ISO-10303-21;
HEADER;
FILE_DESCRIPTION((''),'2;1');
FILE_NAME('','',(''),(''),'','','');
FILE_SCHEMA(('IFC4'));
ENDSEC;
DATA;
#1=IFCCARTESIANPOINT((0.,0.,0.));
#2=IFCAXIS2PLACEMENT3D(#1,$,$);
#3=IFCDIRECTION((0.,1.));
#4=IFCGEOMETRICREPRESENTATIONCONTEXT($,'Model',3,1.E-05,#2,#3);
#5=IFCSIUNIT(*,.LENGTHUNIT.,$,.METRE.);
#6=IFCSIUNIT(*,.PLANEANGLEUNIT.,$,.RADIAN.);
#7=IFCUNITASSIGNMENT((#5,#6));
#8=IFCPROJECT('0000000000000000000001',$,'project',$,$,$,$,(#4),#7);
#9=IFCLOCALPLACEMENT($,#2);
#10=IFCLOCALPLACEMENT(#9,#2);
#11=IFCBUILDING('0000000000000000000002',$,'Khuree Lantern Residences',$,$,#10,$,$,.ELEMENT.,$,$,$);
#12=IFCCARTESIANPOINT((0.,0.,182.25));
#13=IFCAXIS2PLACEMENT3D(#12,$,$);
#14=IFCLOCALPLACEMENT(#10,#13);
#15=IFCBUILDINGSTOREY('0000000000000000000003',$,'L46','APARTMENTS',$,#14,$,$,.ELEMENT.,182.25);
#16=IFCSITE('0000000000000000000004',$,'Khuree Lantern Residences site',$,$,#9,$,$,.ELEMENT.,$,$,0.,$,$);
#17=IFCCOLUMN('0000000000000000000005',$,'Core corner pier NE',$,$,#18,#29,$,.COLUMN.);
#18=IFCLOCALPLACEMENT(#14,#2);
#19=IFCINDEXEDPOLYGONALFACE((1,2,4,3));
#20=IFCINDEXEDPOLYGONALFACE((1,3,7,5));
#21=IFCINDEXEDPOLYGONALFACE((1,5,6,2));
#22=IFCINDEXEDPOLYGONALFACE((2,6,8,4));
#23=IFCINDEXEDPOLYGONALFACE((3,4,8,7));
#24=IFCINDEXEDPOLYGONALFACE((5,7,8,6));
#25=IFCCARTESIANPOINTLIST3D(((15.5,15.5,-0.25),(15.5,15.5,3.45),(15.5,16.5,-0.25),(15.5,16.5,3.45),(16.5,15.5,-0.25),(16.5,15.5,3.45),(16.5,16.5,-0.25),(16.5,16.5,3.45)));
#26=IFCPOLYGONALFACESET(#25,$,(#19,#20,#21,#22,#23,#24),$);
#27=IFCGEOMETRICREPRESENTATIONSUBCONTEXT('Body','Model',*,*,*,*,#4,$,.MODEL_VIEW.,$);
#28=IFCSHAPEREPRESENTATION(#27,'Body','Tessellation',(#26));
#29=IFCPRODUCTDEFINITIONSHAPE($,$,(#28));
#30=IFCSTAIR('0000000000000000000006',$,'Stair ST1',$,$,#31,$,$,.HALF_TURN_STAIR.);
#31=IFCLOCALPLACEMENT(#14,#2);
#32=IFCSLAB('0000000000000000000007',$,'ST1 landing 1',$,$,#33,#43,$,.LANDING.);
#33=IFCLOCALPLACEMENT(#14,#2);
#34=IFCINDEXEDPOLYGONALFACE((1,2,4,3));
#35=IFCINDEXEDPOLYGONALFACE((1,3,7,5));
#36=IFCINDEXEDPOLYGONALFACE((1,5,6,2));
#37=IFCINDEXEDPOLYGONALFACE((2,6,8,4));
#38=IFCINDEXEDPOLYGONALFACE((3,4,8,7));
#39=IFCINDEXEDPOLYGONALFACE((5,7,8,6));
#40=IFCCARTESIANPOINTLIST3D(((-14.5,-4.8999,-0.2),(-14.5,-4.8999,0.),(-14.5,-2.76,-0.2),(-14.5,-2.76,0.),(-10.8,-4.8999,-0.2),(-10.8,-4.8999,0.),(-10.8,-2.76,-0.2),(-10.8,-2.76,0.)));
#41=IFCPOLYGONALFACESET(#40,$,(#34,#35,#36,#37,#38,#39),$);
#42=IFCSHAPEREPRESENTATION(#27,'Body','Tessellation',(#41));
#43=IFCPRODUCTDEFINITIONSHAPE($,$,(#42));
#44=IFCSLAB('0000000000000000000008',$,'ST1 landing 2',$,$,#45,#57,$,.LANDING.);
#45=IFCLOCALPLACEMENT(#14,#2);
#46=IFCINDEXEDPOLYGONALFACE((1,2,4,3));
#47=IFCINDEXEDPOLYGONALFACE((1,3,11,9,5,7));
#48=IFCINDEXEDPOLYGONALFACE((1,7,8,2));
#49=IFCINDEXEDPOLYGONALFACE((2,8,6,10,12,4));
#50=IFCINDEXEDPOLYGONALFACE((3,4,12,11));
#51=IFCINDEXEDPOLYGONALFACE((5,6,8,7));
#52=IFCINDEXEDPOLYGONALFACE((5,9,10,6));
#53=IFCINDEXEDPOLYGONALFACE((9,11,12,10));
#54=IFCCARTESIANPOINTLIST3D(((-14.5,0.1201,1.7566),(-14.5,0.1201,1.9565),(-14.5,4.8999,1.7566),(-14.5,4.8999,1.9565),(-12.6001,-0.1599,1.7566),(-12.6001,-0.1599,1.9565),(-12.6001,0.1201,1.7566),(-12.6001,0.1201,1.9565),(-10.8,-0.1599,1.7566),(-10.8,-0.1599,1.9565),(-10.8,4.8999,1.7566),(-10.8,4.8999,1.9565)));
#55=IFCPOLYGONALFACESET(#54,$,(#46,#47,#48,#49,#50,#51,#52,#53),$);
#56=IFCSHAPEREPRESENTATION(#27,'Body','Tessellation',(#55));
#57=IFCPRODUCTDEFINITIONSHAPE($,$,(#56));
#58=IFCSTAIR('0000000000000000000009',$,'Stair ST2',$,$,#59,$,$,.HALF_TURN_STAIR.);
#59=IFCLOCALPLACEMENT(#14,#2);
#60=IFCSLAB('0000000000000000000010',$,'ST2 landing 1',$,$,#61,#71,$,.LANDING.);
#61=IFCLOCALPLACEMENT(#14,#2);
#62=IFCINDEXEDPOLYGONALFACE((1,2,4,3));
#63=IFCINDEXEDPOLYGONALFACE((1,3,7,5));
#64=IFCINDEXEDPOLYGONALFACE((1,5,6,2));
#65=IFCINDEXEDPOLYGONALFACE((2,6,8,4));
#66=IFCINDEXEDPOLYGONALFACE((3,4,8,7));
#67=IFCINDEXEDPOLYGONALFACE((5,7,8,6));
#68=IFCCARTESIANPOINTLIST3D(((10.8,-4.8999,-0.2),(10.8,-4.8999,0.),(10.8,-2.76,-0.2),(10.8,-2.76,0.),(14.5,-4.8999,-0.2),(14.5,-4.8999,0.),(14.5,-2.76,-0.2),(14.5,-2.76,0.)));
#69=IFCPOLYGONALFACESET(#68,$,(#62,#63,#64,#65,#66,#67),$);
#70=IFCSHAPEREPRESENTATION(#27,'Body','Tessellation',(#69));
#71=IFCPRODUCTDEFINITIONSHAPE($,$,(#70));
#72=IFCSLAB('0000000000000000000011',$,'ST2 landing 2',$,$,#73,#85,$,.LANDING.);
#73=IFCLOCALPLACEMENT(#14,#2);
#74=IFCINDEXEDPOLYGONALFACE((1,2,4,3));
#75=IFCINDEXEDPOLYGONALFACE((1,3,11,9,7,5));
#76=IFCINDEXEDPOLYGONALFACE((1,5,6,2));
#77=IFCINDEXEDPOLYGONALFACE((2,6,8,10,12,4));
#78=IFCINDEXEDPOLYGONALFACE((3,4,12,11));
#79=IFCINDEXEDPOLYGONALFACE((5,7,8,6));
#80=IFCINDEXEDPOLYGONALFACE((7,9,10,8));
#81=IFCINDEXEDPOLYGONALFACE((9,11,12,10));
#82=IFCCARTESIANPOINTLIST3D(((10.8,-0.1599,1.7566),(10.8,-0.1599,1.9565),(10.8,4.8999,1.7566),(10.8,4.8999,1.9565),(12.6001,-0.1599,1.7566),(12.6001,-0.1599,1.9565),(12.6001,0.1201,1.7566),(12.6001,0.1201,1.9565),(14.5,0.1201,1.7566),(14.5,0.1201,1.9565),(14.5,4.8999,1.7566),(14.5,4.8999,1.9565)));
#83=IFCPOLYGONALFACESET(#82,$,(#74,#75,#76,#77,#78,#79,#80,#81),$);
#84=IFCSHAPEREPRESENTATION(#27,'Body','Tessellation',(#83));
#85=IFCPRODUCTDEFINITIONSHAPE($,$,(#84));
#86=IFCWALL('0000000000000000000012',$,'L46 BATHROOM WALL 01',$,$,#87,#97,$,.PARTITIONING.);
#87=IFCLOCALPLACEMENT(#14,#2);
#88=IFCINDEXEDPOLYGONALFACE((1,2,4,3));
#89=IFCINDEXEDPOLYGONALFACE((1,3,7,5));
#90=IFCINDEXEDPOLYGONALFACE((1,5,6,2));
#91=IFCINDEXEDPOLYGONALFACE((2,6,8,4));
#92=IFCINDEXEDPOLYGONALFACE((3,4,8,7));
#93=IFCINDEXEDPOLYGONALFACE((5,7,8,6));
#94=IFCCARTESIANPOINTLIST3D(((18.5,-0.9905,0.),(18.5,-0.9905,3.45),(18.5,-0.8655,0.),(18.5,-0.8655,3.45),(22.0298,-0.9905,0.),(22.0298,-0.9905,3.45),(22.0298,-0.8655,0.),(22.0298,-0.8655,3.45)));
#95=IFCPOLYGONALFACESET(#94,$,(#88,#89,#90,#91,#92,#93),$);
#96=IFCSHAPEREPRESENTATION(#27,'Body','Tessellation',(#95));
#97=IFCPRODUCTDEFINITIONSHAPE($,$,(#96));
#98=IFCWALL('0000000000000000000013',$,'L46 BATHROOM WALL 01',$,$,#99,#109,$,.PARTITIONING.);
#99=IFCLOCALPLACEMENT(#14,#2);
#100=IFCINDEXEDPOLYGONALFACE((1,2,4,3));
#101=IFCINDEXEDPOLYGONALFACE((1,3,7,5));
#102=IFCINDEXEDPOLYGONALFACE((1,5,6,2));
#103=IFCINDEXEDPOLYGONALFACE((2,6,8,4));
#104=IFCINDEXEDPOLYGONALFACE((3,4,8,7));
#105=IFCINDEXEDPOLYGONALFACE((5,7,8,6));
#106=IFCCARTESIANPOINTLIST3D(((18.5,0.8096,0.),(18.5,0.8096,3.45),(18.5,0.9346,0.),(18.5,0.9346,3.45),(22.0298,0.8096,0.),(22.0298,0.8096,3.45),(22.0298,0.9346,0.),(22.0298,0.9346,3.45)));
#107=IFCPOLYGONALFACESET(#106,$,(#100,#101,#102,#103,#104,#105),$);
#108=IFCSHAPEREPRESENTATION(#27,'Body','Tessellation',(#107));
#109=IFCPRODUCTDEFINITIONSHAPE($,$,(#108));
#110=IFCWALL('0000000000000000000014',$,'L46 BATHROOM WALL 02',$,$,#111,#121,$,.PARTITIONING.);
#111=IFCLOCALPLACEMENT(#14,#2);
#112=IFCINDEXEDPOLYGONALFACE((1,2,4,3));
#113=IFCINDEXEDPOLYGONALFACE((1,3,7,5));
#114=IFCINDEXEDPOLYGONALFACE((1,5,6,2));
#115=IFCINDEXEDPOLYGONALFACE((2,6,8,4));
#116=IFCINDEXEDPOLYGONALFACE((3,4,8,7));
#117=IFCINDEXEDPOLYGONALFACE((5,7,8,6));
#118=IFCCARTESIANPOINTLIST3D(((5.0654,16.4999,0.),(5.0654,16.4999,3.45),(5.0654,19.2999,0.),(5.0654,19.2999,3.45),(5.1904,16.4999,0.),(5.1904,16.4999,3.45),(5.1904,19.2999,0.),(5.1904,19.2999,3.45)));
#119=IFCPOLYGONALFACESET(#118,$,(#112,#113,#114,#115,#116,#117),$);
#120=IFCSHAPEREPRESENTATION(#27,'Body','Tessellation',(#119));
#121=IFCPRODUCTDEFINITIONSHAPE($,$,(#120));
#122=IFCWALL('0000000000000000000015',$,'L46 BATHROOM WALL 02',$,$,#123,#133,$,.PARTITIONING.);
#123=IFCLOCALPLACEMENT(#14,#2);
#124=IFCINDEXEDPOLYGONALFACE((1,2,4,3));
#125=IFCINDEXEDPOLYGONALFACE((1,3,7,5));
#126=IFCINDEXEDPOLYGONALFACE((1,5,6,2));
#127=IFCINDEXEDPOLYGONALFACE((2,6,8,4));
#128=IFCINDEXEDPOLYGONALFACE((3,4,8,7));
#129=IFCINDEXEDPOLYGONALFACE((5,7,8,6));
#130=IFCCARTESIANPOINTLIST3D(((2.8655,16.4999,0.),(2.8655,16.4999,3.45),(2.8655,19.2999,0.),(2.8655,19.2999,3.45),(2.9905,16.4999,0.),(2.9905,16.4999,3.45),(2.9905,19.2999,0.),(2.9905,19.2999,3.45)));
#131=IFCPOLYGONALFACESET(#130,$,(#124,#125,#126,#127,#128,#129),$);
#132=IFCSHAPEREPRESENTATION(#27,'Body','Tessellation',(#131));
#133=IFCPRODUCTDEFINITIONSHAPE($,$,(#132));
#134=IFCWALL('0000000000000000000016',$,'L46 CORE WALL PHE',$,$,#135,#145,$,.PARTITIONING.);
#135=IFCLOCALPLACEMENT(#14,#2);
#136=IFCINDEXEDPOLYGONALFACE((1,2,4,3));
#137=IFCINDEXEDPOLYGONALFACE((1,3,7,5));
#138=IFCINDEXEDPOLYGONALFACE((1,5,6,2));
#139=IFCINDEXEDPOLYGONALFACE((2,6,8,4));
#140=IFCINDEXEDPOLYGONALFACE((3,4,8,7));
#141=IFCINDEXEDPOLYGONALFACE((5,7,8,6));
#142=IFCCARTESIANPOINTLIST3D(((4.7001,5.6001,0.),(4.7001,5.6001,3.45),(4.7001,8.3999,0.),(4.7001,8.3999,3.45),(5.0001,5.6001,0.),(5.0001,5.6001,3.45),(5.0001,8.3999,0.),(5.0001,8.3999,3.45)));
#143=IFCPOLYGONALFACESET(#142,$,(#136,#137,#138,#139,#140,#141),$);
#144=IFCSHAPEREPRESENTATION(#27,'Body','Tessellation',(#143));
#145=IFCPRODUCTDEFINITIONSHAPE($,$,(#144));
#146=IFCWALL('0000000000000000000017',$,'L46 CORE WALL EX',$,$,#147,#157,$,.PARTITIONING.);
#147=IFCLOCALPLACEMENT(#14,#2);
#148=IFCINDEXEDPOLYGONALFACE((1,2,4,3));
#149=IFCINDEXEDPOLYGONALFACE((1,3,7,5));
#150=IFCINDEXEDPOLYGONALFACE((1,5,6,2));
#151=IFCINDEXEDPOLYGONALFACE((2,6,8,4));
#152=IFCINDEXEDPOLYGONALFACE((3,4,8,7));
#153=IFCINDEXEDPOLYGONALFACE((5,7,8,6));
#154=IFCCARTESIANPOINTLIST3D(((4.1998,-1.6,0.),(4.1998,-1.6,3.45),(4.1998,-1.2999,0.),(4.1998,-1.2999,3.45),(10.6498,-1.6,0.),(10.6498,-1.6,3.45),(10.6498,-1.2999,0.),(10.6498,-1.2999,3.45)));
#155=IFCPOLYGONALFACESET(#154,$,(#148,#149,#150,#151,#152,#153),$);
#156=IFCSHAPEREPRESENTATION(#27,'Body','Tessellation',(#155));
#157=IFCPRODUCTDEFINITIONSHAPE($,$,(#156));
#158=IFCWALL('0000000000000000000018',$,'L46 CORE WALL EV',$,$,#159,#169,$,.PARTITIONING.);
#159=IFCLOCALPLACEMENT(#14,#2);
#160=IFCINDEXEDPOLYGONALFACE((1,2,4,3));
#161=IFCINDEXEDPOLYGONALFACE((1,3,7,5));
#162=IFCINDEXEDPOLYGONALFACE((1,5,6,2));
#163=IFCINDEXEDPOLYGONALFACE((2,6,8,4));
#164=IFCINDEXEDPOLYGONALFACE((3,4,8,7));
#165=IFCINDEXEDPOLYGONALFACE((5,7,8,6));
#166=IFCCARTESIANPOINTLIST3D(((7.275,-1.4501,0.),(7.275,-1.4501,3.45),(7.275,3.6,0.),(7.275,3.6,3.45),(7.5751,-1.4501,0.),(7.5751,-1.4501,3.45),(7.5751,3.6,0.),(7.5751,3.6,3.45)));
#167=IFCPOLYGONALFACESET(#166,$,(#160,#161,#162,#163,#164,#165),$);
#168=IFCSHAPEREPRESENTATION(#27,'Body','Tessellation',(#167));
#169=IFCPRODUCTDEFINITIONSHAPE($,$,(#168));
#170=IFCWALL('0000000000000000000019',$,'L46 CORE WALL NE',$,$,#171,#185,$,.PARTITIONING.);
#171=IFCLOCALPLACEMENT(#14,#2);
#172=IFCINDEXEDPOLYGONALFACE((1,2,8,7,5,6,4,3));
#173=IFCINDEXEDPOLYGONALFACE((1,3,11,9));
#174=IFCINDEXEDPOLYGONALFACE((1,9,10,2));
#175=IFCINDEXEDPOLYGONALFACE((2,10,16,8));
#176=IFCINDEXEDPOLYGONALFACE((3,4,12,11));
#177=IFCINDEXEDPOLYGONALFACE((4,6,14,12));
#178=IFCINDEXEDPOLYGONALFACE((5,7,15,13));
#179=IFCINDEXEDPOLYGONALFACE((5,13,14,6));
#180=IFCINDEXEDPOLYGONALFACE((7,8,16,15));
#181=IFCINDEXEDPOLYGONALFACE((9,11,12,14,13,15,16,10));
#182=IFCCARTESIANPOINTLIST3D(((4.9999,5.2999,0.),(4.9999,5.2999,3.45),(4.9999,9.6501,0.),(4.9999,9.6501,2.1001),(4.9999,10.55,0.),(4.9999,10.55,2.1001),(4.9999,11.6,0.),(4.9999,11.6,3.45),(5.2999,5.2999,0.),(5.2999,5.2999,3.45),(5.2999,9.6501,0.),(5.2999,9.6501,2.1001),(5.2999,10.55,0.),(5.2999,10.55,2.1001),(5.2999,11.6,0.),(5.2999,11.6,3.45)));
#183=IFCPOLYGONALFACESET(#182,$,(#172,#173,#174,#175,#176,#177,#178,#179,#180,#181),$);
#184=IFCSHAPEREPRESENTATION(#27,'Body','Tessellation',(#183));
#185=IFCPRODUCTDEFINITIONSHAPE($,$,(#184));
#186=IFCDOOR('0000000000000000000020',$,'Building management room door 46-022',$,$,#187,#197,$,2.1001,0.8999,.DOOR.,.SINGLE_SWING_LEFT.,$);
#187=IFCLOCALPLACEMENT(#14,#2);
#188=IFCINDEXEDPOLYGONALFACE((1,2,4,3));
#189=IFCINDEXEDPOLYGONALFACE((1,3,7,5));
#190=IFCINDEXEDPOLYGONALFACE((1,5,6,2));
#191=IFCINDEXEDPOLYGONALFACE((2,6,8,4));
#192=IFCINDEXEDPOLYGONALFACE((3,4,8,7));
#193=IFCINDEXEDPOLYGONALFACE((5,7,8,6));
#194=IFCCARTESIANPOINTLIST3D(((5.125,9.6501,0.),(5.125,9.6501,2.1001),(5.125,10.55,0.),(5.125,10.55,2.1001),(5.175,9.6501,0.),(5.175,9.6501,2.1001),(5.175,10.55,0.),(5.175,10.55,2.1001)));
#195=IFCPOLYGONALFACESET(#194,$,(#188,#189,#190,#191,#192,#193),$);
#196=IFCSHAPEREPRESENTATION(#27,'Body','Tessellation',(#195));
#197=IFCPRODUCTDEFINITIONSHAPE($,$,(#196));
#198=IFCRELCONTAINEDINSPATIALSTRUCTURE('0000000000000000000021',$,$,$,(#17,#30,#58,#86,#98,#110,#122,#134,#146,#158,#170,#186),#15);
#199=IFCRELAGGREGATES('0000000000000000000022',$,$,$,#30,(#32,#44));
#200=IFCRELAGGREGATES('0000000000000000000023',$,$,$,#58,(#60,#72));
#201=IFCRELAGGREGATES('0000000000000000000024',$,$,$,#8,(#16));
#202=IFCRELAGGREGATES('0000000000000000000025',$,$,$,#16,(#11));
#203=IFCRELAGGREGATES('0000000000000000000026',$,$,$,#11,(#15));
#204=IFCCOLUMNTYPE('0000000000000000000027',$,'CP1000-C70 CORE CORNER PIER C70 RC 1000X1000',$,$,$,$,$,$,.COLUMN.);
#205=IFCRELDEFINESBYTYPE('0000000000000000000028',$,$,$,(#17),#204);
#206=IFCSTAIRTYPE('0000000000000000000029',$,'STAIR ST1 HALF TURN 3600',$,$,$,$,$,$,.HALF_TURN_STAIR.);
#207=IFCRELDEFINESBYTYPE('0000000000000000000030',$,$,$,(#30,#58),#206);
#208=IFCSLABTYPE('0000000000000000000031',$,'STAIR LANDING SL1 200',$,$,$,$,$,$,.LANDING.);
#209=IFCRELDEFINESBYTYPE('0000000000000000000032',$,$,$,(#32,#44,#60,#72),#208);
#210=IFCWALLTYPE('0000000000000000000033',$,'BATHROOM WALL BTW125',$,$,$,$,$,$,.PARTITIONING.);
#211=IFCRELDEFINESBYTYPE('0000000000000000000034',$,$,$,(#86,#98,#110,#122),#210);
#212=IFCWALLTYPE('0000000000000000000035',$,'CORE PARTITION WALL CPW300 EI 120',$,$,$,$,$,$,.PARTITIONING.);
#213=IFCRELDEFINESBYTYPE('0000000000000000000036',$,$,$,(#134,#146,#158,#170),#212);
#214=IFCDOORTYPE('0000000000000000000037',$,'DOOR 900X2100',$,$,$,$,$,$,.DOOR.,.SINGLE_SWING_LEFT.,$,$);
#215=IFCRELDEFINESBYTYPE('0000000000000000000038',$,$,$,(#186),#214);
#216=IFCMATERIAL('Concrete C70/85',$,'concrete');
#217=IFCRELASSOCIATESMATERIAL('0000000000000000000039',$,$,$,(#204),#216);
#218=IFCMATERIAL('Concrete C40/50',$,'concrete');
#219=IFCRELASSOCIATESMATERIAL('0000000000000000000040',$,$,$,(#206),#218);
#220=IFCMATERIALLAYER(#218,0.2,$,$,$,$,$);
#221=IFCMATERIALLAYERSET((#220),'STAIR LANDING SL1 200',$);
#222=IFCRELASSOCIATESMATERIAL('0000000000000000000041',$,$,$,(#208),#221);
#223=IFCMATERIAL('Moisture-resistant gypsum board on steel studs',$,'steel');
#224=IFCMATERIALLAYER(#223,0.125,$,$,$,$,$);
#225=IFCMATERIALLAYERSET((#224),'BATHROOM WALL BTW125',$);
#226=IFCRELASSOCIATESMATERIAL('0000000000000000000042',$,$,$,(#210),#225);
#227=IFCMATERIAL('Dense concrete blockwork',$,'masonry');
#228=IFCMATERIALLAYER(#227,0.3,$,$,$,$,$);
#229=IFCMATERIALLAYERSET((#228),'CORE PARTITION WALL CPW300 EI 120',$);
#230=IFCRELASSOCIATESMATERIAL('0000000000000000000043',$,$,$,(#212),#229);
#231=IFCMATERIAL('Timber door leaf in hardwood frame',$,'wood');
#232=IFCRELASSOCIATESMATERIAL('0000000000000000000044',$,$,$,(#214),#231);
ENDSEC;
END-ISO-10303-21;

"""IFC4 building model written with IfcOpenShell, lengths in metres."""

from ifc_helpers import new_model, si_unit, direction, frame, frame_2d, origin, origin_2d, place, context, subcontext, project, spatial, polyline, rectangle, outline, extrude, material, layer, layer_set, material_profile, profile_set, type_object, element, fill, aggregate, save


model = new_model("IFC4")

# Units and contexts
model_context = context("Model", 3, precision=1e-05, world=origin(), true_north=direction((0.0, 1.0)))
body_context = subcontext(model_context, "Body", "Model", "MODEL_VIEW")
ifc_project = project(units=[si_unit("LENGTHUNIT", "METRE"), si_unit("PLANEANGLEUNIT", "RADIAN")], contexts=[model_context])

# Site, building, storey
site_placement = place(None, origin())
site = spatial("IfcSite", under=ifc_project, at=site_placement, Name="Khuree Lantern Residences site", CompositionType="ELEMENT", RefElevation=0.0)
building_placement = place(site_placement, origin())
building = spatial("IfcBuilding", under=site, at=building_placement, Name="Khuree Lantern Residences", CompositionType="ELEMENT")
storey_placement = place(building_placement, frame((0.0, 0.0, 182.25)))
storey = spatial("IfcBuildingStorey", under=building, at=storey_placement, Name="L46", Description="APARTMENTS", CompositionType="ELEMENT", Elevation=182.25)

# Column
ifc_material_1 = material(Name="Concrete C70/85", Category="concrete")
ifc_material_profile = material_profile(ifc_material_1, rectangle(XDim=1.0, YDim=1.0, at=origin_2d()), Name="RC 1000X1000")
ifc_profile_set = profile_set([ifc_material_profile], Name="Concrete C70/85")
column_type = type_object("IfcColumnType", Name="CP1000-C70 CORE CORNER PIER C70 RC 1000X1000", PredefinedType="COLUMN", material=ifc_profile_set)
column_placement = place(storey_placement, frame((16.0, 16.0, -0.25), z_axis=(0.0, 0.0, 1.0), x_axis=(1.0, 0.0, 0.0)))
element("IfcColumn", 1, at=column_placement, inside=storey, type_object=column_type, Name="Core corner pier NE", PredefinedType="COLUMN", context=body_context, shape_type="SweptSolid", body=[
    extrude(rectangle(XDim=1.0, YDim=1.0, at=origin_2d()), origin(), (0.0, 0.0, 1.0), 3.7),
])

# Stairs, slabs
ifc_material_2 = material(Name="Concrete C40/50", Category="concrete")
stair_type = type_object("IfcStairType", Name="STAIR ST1 HALF TURN 3600", PredefinedType="HALF_TURN_STAIR", material=ifc_material_2)
stair_1_placement = place(storey_placement, origin())
stair_1 = element("IfcStair", 2, at=stair_1_placement, inside=storey, type_object=stair_type, Name="Stair ST1", PredefinedType="HALF_TURN_STAIR")
ifc_layer_1 = layer(ifc_material_2, 0.2)
ifc_layer_set_1 = layer_set([ifc_layer_1], Name="STAIR LANDING SL1 200")
slab_type = type_object("IfcSlabType", Name="STAIR LANDING SL1 200", PredefinedType="LANDING", material=ifc_layer_set_1)
slab_1_placement = place(storey_placement, frame((0.0, 0.0, -0.2)))
slab_1 = element("IfcSlab", 3, at=slab_1_placement, type_object=slab_type, Name="ST1 landing 1", PredefinedType="LANDING", context=body_context, shape_type="SweptSolid", body=[
    extrude(outline(polyline([(-14.5, -4.8999), (-10.8, -4.8999), (-10.8, -2.76), (-14.5, -2.76), (-14.5, -4.8999)])), origin(), (0.0, 0.0, 1.0), 0.2),
])
slab_2_placement = place(storey_placement, frame((0.0, 0.0, 1.7566)))
slab_2 = element("IfcSlab", 4, at=slab_2_placement, type_object=slab_type, Name="ST1 landing 2", PredefinedType="LANDING", context=body_context, shape_type="SweptSolid", body=[
    extrude(outline(polyline([(-14.5, 0.1201), (-14.5, 4.8999), (-10.8, 4.8999), (-10.8, -0.1599), (-12.6001, -0.1599), (-12.6001, 0.1201), (-14.5, 0.1201)])), origin(), (0.0, 0.0, 1.0), 0.2),
])
aggregate(stair_1, [slab_1, slab_2])
stair_2_placement = place(storey_placement, origin())
stair_2 = element("IfcStair", 5, at=stair_2_placement, inside=storey, type_object=stair_type, Name="Stair ST2", PredefinedType="HALF_TURN_STAIR")
slab_3_placement = place(storey_placement, frame((0.0, 0.0, -0.2)))
slab_3 = element("IfcSlab", 6, at=slab_3_placement, type_object=slab_type, Name="ST2 landing 1", PredefinedType="LANDING", context=body_context, shape_type="SweptSolid", body=[
    extrude(outline(polyline([(10.8, -4.8999), (14.5, -4.8999), (14.5, -2.76), (10.8, -2.76), (10.8, -4.8999)])), origin(), (0.0, 0.0, 1.0), 0.2),
])
slab_4_placement = place(storey_placement, frame((0.0, 0.0, 1.7566)))
slab_4 = element("IfcSlab", 7, at=slab_4_placement, type_object=slab_type, Name="ST2 landing 2", PredefinedType="LANDING", context=body_context, shape_type="SweptSolid", body=[
    extrude(outline(polyline([(14.5, 4.8999), (14.5, 0.1201), (12.6001, 0.1201), (12.6001, -0.1599), (10.8, -0.1599), (10.8, 4.8999), (14.5, 4.8999)])), origin(), (0.0, 0.0, 1.0), 0.2),
])

# Walls
ifc_material_3 = material(Name="Moisture-resistant gypsum board on steel studs", Category="steel")
ifc_layer_2 = layer(ifc_material_3, 0.125)
ifc_layer_set_2 = layer_set([ifc_layer_2], Name="BATHROOM WALL BTW125")
wall_type_1 = type_object("IfcWallType", Name="BATHROOM WALL BTW125", PredefinedType="PARTITIONING", material=ifc_layer_set_2)
for number, where, z_axis, x_axis, name in (
    (8, (18.5, -0.928, 0.0), (0.0, 0.0, 1.0), (1.0, 0.0, 0.0), "L46 BATHROOM WALL 01"),
    (9, (18.5, 0.8721, 0.0), (0.0, 0.0, 1.0), (1.0, 0.0, 0.0), "L46 BATHROOM WALL 01"),
):
    element("IfcWall", number, at=place(storey_placement, frame(where, z_axis=z_axis, x_axis=x_axis)), inside=storey, type_object=wall_type_1, Name=name, PredefinedType="PARTITIONING", context=body_context, shape_type="SweptSolid", body=[
        extrude(rectangle(XDim=3.5298, YDim=0.125, at=frame_2d((1.7649, 0.0))), origin(), (0.0, 0.0, 1.0), 3.45),
    ])
for number, where, z_axis, x_axis, name in (
    (10, (5.1279, 16.5, 0.0), (0.0, 0.0, 1.0), (0.0, 1.0, 0.0), "L46 BATHROOM WALL 02"),
    (11, (2.928, 16.5, 0.0), (0.0, 0.0, 1.0), (0.0, 1.0, 0.0), "L46 BATHROOM WALL 02"),
):
    element("IfcWall", number, at=place(storey_placement, frame(where, z_axis=z_axis, x_axis=x_axis)), inside=storey, type_object=wall_type_1, Name=name, PredefinedType="PARTITIONING", context=body_context, shape_type="SweptSolid", body=[
        extrude(rectangle(XDim=2.8, YDim=0.125, at=frame_2d((1.3999, 0.0))), origin(), (0.0, 0.0, 1.0), 3.45),
    ])
ifc_material_4 = material(Name="Dense concrete blockwork", Category="masonry")
ifc_layer_3 = layer(ifc_material_4, 0.3)
ifc_layer_set_3 = layer_set([ifc_layer_3], Name="CORE PARTITION WALL CPW300 EI 120")
wall_type_2 = type_object("IfcWallType", Name="CORE PARTITION WALL CPW300 EI 120", PredefinedType="PARTITIONING", material=ifc_layer_set_3)
wall_1_placement = place(storey_placement, frame((4.8501, 5.6001, 0.0), z_axis=(0.0, 0.0, 1.0), x_axis=(0.0, 1.0, 0.0)))
element("IfcWall", 12, at=wall_1_placement, inside=storey, type_object=wall_type_2, Name="L46 CORE WALL PHE", PredefinedType="PARTITIONING", context=body_context, shape_type="SweptSolid", body=[
    extrude(rectangle(XDim=2.7998, YDim=0.3, at=frame_2d((1.3999, 0.0))), origin(), (0.0, 0.0, 1.0), 3.45),
])
wall_2_placement = place(storey_placement, frame((10.6499, -1.45, 0.0), z_axis=(0.0, 0.0, 1.0), x_axis=(-1.0, 0.0, 0.0)))
element("IfcWall", 13, at=wall_2_placement, inside=storey, type_object=wall_type_2, Name="L46 CORE WALL EX", PredefinedType="PARTITIONING", context=body_context, shape_type="SweptSolid", body=[
    extrude(rectangle(XDim=6.45, YDim=0.3, at=frame_2d((3.2251, 0.0))), origin(), (0.0, 0.0, 1.0), 3.45),
])
wall_3_placement = place(storey_placement, frame((7.425, -1.45, 0.0), z_axis=(0.0, 0.0, 1.0), x_axis=(0.0, 1.0, 0.0)))
element("IfcWall", 14, at=wall_3_placement, inside=storey, type_object=wall_type_2, Name="L46 CORE WALL EV", PredefinedType="PARTITIONING", context=body_context, shape_type="SweptSolid", body=[
    extrude(rectangle(XDim=5.05, YDim=0.3, at=frame_2d((2.5249, 0.0))), origin(), (0.0, 0.0, 1.0), 3.45),
])

# Wall, opening, door
wall_4_placement = place(storey_placement, frame((5.1499, 5.3, 0.0), z_axis=(0.0, 0.0, 1.0), x_axis=(0.0, 1.0, 0.0)))
wall_4 = element("IfcWall", 15, at=wall_4_placement, inside=storey, type_object=wall_type_2, Name="L46 CORE WALL NE", PredefinedType="PARTITIONING", context=body_context, shape_type="SweptSolid", body=[
    extrude(rectangle(XDim=6.3, YDim=0.3, at=frame_2d((3.1499, 0.0))), origin(), (0.0, 0.0, 1.0), 3.45),
])
opening_1_placement = place(wall_4_placement, frame((4.3501, 0.0, 0.0)))
opening_1 = element("IfcOpeningElement", 16, at=opening_1_placement, cuts=wall_4, PredefinedType="OPENING", context=body_context, shape_type="SweptSolid", body=[
    extrude(rectangle(XDim=0.8999, YDim=2.1001, at=frame_2d((0.45, 1.05))), frame((0.0, 0.1602, 0.0), z_axis=(0.0, -1.0, 0.0), x_axis=(1.0, 0.0, 0.0)), (0.0, 0.0, 1.0), 0.3201),
])
ifc_material_5 = material(Name="Timber door leaf in hardwood frame", Category="wood")
door_type = type_object("IfcDoorType", Name="DOOR 900X2100", OperationType="SINGLE_SWING_LEFT", PredefinedType="DOOR", material=ifc_material_5)
door_1_placement = place(opening_1_placement, origin())
door_1 = element("IfcDoor", 17, at=door_1_placement, inside=storey, type_object=door_type, Name="Building management room door 46-022", OperationType="SINGLE_SWING_LEFT", OverallHeight=2.1001, OverallWidth=0.8999, PredefinedType="DOOR", context=body_context, shape_type="SweptSolid", body=[
    extrude(rectangle(XDim=0.8999, YDim=2.1001, at=frame_2d((0.45, 1.05))), frame((0.0, 0.0249, 0.0), z_axis=(0.0, -1.0, 0.0), x_axis=(1.0, 0.0, 0.0)), (0.0, 0.0, 1.0), 0.05),
])
fill(opening_1, door_1)

aggregate(stair_2, [slab_3, slab_4])

save(model, "model.ifc")
